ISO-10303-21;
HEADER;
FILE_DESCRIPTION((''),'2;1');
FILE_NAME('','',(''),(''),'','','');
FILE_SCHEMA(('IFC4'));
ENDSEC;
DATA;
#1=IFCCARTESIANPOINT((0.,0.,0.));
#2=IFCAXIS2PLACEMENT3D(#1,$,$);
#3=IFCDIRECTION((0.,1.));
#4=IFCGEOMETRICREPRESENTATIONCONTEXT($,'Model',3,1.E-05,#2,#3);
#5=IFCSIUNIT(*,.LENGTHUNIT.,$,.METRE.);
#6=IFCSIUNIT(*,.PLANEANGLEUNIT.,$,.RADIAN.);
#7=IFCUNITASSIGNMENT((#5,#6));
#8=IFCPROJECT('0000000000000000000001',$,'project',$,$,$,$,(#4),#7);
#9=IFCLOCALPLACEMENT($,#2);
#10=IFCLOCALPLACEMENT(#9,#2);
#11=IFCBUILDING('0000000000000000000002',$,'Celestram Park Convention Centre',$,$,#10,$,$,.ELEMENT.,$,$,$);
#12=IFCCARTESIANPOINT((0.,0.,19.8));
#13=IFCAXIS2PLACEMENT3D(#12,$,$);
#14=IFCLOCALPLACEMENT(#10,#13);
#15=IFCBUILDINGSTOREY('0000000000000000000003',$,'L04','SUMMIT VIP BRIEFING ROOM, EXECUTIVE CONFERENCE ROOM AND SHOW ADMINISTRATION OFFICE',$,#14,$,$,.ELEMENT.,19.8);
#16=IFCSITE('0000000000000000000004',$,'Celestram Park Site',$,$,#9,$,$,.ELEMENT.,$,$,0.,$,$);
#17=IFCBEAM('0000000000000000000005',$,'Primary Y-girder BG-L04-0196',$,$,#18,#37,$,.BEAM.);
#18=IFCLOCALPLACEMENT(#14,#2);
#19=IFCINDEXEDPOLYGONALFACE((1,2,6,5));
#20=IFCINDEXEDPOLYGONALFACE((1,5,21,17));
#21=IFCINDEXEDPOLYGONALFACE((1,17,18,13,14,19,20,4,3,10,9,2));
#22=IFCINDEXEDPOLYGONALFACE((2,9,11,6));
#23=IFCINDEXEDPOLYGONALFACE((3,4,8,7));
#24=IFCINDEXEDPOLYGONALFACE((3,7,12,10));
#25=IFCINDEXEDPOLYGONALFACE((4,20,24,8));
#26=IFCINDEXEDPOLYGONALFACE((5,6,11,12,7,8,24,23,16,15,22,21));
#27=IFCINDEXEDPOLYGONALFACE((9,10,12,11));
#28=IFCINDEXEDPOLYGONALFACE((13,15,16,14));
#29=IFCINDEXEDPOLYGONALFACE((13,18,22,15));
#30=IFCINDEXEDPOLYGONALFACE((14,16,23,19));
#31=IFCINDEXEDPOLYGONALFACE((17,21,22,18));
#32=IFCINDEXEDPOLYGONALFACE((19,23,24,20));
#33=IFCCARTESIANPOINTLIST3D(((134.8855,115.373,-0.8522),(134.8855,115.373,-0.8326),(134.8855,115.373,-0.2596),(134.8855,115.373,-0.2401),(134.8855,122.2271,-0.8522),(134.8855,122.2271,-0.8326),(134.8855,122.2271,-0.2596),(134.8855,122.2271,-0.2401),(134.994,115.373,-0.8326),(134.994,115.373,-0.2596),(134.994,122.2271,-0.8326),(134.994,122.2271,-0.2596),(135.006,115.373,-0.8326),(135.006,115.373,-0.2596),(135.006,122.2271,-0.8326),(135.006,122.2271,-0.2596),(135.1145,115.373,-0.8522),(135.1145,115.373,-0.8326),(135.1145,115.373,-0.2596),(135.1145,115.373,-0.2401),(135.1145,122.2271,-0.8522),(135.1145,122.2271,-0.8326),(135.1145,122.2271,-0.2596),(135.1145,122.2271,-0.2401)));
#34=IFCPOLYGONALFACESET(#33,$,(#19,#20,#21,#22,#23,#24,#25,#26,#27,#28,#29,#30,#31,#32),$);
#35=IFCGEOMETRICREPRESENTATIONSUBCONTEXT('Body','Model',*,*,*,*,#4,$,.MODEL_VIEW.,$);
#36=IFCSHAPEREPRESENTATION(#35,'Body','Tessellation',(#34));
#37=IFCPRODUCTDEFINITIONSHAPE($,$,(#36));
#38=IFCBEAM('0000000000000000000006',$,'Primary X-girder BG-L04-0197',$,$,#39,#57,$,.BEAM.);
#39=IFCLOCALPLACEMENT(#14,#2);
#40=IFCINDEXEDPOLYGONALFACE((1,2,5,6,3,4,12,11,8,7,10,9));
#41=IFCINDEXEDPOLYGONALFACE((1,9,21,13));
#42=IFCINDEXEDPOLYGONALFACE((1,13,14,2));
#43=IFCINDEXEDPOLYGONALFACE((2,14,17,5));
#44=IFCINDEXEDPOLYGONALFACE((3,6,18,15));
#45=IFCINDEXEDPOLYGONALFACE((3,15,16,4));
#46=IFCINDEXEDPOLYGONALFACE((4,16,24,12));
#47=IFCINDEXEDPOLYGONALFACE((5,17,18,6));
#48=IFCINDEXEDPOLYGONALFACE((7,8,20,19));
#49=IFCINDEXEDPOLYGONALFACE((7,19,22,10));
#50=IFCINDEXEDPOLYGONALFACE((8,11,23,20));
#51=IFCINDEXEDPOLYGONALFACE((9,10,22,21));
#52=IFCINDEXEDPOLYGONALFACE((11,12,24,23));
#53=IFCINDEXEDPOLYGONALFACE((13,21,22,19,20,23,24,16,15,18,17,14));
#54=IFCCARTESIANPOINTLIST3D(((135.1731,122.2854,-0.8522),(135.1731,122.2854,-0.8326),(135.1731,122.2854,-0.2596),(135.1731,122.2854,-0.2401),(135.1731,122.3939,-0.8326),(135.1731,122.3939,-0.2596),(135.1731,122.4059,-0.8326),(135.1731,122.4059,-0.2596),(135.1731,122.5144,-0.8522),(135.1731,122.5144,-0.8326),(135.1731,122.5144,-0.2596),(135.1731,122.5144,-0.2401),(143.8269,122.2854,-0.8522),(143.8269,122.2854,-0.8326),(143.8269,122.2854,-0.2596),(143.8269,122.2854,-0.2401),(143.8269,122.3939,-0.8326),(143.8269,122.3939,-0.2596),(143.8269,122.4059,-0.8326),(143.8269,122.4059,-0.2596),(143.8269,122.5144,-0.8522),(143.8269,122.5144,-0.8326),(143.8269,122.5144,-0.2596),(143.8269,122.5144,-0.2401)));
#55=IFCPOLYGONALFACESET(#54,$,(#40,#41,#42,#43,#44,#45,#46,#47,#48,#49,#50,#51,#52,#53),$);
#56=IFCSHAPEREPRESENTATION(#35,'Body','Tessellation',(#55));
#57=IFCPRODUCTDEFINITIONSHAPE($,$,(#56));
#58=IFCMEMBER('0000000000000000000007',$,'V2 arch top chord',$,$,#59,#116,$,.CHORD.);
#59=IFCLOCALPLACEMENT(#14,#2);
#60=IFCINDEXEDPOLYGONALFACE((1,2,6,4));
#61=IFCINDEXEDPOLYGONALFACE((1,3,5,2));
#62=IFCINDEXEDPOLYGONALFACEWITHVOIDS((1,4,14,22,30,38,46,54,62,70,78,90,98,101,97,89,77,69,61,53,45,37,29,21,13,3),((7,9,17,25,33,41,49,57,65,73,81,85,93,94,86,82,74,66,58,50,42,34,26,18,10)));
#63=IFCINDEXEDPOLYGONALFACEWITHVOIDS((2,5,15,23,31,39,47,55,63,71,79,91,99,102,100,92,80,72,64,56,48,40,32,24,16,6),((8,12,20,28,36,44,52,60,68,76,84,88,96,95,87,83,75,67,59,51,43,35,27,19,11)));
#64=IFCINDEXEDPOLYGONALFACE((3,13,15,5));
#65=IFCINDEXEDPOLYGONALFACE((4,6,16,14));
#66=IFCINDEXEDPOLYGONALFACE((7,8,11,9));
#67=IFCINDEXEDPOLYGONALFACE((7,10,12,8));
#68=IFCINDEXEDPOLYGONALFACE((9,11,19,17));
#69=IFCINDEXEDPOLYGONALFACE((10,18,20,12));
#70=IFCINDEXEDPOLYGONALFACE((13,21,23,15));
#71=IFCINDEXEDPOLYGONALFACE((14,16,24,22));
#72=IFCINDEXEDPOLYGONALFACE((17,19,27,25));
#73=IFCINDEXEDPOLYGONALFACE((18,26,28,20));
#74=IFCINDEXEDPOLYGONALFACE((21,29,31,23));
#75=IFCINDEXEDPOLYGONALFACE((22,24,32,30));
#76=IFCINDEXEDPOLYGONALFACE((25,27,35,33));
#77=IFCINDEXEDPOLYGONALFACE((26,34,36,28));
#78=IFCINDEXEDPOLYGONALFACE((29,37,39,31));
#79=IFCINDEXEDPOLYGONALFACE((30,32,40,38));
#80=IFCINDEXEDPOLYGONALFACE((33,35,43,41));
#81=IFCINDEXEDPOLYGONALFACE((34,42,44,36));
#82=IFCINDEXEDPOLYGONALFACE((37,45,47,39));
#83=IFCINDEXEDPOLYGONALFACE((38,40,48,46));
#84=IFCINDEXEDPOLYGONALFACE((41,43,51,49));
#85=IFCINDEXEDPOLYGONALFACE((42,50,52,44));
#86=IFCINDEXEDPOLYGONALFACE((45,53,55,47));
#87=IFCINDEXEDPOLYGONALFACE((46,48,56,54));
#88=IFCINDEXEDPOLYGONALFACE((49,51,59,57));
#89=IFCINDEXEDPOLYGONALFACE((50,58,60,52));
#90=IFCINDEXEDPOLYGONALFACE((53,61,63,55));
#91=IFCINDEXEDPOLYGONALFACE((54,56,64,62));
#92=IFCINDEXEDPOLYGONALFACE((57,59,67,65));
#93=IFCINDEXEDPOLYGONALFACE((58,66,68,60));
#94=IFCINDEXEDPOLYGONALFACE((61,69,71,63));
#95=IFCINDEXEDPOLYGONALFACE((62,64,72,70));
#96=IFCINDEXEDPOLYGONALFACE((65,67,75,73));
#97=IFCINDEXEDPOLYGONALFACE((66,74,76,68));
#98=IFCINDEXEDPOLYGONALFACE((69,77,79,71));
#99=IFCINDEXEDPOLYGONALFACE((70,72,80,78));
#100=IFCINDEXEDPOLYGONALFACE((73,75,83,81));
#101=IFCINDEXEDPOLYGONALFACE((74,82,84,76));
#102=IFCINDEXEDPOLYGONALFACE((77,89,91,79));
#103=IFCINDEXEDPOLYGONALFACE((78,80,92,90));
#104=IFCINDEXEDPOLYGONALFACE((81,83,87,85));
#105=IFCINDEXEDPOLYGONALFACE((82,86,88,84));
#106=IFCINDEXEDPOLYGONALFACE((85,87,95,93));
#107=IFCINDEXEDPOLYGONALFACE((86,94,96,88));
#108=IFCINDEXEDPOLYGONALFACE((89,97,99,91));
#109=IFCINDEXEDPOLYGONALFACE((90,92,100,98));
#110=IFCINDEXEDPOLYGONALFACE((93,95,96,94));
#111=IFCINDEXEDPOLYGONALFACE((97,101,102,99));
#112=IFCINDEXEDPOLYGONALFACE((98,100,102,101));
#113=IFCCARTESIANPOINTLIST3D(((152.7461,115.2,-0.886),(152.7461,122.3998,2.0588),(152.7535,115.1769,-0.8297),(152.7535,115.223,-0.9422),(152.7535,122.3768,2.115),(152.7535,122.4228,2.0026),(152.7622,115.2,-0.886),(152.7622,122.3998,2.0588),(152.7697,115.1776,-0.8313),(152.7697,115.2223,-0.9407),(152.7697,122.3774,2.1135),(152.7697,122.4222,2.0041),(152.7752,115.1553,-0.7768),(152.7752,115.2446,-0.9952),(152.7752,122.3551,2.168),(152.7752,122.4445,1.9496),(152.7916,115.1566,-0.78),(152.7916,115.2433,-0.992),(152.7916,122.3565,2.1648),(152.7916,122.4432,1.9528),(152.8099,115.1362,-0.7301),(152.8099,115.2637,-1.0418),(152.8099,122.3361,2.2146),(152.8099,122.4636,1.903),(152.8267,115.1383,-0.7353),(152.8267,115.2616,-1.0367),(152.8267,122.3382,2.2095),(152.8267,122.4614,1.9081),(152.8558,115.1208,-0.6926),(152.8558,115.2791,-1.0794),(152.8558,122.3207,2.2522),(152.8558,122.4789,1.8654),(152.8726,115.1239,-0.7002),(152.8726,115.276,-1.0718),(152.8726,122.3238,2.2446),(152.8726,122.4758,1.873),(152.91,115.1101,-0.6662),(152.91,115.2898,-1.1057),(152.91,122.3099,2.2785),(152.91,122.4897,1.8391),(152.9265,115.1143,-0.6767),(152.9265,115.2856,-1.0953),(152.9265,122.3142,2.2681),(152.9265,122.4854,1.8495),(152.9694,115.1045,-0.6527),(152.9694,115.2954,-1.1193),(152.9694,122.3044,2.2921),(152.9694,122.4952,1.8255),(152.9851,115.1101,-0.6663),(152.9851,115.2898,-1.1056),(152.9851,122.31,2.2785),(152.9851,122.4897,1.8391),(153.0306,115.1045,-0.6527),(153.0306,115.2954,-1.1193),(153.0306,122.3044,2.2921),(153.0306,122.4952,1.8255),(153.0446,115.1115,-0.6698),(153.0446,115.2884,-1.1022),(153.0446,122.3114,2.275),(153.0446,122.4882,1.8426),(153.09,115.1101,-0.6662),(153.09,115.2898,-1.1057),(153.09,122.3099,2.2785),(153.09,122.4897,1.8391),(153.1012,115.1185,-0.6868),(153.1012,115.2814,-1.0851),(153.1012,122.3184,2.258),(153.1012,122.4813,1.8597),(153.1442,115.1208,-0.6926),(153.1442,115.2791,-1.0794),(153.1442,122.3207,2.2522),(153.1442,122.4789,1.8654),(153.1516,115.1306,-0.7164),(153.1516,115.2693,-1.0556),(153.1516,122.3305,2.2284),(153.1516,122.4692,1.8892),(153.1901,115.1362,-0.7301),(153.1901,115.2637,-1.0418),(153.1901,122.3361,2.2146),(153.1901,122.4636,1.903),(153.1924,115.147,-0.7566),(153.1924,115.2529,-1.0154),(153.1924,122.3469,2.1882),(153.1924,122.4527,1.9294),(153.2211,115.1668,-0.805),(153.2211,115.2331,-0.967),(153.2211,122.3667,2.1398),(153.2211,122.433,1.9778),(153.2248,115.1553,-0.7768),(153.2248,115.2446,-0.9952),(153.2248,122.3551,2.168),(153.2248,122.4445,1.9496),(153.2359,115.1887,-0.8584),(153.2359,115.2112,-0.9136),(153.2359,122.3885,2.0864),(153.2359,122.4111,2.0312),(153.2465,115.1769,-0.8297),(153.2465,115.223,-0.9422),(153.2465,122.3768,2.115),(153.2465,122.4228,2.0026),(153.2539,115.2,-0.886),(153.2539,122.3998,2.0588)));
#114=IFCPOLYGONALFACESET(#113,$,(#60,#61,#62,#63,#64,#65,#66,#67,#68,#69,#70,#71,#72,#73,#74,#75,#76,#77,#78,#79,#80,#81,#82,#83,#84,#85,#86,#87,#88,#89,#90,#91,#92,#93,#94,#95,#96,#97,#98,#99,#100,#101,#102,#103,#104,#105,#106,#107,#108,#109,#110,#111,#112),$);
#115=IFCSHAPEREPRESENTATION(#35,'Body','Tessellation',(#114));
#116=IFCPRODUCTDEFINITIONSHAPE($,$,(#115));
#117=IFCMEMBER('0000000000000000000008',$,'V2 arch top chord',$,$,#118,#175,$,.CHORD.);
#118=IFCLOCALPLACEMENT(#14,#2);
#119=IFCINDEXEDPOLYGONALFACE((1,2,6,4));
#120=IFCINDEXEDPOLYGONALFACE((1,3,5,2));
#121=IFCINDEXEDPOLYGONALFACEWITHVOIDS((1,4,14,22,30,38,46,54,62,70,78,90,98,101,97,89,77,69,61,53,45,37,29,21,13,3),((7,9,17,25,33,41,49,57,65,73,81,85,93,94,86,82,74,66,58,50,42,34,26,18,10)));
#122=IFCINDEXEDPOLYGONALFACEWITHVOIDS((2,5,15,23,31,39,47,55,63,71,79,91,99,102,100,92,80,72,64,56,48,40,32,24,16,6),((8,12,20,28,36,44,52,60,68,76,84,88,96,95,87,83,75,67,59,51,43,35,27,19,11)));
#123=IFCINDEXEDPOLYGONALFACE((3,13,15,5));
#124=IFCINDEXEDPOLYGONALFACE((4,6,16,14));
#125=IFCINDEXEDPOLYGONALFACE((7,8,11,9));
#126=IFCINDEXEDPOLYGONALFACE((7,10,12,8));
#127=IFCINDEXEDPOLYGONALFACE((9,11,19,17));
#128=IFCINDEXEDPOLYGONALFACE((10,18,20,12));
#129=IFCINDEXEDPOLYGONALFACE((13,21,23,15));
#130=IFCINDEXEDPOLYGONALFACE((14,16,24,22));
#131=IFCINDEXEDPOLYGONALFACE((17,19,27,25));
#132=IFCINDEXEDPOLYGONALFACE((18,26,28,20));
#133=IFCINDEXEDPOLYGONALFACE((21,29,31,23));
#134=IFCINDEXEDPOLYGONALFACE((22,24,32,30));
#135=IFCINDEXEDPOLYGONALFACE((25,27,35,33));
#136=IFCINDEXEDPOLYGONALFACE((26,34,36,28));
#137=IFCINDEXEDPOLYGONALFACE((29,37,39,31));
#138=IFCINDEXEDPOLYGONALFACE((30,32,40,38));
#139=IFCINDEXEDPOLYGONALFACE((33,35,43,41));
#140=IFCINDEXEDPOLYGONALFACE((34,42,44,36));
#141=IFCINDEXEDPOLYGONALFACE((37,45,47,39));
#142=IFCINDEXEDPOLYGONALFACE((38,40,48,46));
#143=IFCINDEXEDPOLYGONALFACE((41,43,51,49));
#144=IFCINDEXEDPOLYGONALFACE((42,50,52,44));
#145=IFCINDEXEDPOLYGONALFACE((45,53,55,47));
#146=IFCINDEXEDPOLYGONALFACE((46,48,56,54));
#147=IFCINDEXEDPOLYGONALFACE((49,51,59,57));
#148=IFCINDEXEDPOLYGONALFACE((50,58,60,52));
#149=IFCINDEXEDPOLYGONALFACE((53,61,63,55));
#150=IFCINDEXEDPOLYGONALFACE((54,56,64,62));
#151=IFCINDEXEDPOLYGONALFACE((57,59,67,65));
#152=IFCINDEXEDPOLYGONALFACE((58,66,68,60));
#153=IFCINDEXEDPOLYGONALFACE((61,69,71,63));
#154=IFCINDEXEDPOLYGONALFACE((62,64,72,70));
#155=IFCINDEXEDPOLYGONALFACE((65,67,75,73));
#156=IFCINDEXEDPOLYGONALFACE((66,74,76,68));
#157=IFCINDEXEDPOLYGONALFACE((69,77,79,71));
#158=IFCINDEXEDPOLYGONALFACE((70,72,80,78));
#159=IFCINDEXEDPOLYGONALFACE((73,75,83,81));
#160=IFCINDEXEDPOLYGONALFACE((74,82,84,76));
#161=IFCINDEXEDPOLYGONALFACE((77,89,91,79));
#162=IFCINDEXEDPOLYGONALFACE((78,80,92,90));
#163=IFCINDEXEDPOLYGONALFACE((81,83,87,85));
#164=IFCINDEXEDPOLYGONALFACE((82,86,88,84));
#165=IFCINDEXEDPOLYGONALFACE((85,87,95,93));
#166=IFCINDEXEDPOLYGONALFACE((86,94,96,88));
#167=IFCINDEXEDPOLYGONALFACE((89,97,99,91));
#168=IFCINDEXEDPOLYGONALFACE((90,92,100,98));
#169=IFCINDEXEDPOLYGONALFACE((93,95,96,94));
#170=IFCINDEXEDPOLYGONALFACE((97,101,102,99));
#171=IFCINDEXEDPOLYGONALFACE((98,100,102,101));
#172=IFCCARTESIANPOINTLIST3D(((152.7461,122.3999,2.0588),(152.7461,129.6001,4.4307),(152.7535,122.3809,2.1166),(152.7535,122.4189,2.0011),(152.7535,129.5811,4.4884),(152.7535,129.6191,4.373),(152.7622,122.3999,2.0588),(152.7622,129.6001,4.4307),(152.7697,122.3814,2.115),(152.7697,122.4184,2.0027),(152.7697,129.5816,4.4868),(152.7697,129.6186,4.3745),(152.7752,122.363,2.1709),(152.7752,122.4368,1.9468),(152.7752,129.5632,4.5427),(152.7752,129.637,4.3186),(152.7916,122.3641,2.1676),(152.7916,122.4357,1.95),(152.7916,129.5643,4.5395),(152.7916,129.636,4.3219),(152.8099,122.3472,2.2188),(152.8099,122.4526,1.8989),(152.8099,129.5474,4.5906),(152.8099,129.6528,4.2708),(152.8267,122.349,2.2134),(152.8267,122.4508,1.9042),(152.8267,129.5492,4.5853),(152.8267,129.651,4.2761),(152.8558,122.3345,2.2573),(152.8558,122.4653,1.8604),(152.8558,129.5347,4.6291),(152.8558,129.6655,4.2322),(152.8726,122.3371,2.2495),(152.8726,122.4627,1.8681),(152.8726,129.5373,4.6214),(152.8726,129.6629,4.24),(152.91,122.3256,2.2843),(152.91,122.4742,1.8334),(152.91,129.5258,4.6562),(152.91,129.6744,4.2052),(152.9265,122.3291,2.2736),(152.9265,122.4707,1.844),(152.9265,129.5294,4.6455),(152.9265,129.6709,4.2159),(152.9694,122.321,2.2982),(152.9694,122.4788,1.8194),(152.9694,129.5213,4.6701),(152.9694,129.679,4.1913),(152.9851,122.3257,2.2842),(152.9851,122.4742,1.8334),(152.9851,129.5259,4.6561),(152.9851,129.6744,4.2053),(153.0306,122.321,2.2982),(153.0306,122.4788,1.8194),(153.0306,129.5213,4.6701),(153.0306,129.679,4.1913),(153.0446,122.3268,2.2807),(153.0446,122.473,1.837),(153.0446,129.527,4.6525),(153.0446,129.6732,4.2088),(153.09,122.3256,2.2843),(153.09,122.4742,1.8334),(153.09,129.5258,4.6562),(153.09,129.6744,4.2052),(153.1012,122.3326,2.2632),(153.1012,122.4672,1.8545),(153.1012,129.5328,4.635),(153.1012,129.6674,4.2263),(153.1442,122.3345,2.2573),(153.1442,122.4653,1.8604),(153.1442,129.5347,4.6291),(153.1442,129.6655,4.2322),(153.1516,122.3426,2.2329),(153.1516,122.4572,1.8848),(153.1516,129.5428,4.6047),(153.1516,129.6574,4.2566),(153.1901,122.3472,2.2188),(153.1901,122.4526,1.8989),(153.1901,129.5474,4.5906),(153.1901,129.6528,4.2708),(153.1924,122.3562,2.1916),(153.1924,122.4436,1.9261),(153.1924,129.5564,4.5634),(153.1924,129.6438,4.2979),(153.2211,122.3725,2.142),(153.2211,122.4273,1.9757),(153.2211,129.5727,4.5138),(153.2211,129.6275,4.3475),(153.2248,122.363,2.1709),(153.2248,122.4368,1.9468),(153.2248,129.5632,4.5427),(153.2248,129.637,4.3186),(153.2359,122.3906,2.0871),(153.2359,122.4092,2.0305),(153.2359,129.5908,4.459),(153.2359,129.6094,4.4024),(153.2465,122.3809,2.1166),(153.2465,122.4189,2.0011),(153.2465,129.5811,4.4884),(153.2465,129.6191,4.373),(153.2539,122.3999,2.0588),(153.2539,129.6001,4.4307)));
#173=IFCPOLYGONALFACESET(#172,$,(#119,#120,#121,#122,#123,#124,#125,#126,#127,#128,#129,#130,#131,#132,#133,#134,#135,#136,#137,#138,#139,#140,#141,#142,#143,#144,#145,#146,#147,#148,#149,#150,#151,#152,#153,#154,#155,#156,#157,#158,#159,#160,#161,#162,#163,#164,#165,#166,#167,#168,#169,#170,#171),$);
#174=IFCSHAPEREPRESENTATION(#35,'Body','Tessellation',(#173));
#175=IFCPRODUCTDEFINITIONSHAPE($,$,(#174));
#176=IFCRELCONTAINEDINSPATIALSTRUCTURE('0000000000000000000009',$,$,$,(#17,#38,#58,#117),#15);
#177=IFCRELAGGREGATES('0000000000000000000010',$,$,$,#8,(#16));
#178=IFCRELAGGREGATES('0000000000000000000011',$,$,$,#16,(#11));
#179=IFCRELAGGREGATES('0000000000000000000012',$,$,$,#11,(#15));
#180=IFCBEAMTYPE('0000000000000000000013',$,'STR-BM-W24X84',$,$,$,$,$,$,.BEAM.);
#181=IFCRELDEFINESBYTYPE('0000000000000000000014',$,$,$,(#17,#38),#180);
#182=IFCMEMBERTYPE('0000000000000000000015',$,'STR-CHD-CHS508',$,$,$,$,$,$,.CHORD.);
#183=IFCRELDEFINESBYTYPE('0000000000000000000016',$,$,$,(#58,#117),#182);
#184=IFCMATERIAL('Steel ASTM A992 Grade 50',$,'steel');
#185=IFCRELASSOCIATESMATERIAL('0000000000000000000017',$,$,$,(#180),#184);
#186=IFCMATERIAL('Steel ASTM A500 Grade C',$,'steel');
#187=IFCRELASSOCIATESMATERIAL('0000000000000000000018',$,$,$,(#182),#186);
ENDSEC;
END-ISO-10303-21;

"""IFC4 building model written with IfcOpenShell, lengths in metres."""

from ifc_helpers import new_model, si_unit, direction, frame, origin, origin_2d, place, context, subcontext, project, spatial, hollow_circle, i_section, extrude, material, material_profile, profile_set, type_object, element, save


model = new_model("IFC4")

# Units and contexts
model_context = context("Model", 3, precision=1e-05, world=origin(), true_north=direction((0.0, 1.0)))
body_context = subcontext(model_context, "Body", "Model", "MODEL_VIEW")
ifc_project = project(units=[si_unit("LENGTHUNIT", "METRE"), si_unit("PLANEANGLEUNIT", "RADIAN")], contexts=[model_context])

# Site, building, storey
site_placement = place(None, origin())
site = spatial("IfcSite", under=ifc_project, at=site_placement, Name="Celestram Park Site", CompositionType="ELEMENT", RefElevation=0.0)
building_placement = place(site_placement, origin())
building = spatial("IfcBuilding", under=site, at=building_placement, Name="Celestram Park Convention Centre", CompositionType="ELEMENT")
storey_placement = place(building_placement, frame((0.0, 0.0, 19.8)))
storey = spatial("IfcBuildingStorey", under=building, at=storey_placement, Name="L04", Description="SUMMIT VIP BRIEFING ROOM, EXECUTIVE CONFERENCE ROOM AND SHOW ADMINISTRATION OFFICE", CompositionType="ELEMENT", Elevation=19.8)

# Beams
ifc_material_1 = material(Name="Steel ASTM A992 Grade 50", Category="steel")
ifc_material_profile_1 = material_profile(ifc_material_1, i_section(OverallWidth=0.229, OverallDepth=0.6121, WebThickness=0.012, FlangeThickness=0.0195, at=origin_2d()), Name="W24X84")
ifc_profile_set_1 = profile_set([ifc_material_profile_1], Name="Steel ASTM A992 Grade 50")
beam_type_1 = type_object("IfcBeamType", Name="STR-BM-W24X84", PredefinedType="BEAM", material=ifc_profile_set_1)
beam_1_placement = place(storey_placement, frame((135.0, 115.373, -0.5461), z_axis=(0.0, 1.0, 0.0), x_axis=(-1.0, 0.0, 0.0)))
element("IfcBeam", 1, at=beam_1_placement, inside=storey, type_object=beam_type_1, Name="Primary Y-girder BG-L04-0196", PredefinedType="BEAM", context=body_context, shape_type="SweptSolid", body=[
    extrude(i_section(OverallWidth=0.229, OverallDepth=0.6121, WebThickness=0.012, FlangeThickness=0.0195, at=origin_2d()), origin(), (0.0, 0.0, 1.0), 6.854),
])
beam_2_placement = place(storey_placement, frame((135.1731, 122.3999, -0.5461), z_axis=(1.0, 0.0, 0.0), x_axis=(0.0, 1.0, 0.0)))
element("IfcBeam", 2, at=beam_2_placement, inside=storey, type_object=beam_type_1, Name="Primary X-girder BG-L04-0197", PredefinedType="BEAM", context=body_context, shape_type="SweptSolid", body=[
    extrude(i_section(OverallWidth=0.229, OverallDepth=0.6121, WebThickness=0.012, FlangeThickness=0.0195, at=origin_2d()), origin(), (0.0, 0.0, 1.0), 8.6538),
])

# Members
ifc_material_2 = material(Name="Steel ASTM A500 Grade C", Category="steel")
ifc_material_profile_2 = material_profile(ifc_material_2, hollow_circle(Radius=0.2539, WallThickness=0.0161, at=origin_2d()), Name="CHS508X16")
ifc_profile_set_2 = profile_set([ifc_material_profile_2], Name="Steel ASTM A500 Grade C")
member_type = type_object("IfcMemberType", Name="STR-CHD-CHS508", PredefinedType="CHORD", material=ifc_profile_set_2)
member_1_placement = place(storey_placement, frame((153.0, 115.2, -0.886), z_axis=(0.0, 0.925574, 0.378566), x_axis=(-1.0, 0.0, 0.0)))
element("IfcMember", 3, at=member_1_placement, inside=storey, type_object=member_type, Name="V2 arch top chord", PredefinedType="CHORD", context=body_context, shape_type="SweptSolid", body=[
    extrude(hollow_circle(Radius=0.2539, WallThickness=0.0161, at=origin_2d()), origin(), (0.0, 0.0, 1.0), 7.7788),
])
member_2_placement = place(storey_placement, frame((153.0, 122.3999, 2.0588), z_axis=(0.0, 0.949795, 0.312873), x_axis=(-1.0, 0.0, 0.0)))
element("IfcMember", 4, at=member_2_placement, inside=storey, type_object=member_type, Name="V2 arch top chord", PredefinedType="CHORD", context=body_context, shape_type="SweptSolid", body=[
    extrude(hollow_circle(Radius=0.2539, WallThickness=0.0161, at=origin_2d()), origin(), (0.0, 0.0, 1.0), 7.5808),
])

save(model, "model.ifc")
